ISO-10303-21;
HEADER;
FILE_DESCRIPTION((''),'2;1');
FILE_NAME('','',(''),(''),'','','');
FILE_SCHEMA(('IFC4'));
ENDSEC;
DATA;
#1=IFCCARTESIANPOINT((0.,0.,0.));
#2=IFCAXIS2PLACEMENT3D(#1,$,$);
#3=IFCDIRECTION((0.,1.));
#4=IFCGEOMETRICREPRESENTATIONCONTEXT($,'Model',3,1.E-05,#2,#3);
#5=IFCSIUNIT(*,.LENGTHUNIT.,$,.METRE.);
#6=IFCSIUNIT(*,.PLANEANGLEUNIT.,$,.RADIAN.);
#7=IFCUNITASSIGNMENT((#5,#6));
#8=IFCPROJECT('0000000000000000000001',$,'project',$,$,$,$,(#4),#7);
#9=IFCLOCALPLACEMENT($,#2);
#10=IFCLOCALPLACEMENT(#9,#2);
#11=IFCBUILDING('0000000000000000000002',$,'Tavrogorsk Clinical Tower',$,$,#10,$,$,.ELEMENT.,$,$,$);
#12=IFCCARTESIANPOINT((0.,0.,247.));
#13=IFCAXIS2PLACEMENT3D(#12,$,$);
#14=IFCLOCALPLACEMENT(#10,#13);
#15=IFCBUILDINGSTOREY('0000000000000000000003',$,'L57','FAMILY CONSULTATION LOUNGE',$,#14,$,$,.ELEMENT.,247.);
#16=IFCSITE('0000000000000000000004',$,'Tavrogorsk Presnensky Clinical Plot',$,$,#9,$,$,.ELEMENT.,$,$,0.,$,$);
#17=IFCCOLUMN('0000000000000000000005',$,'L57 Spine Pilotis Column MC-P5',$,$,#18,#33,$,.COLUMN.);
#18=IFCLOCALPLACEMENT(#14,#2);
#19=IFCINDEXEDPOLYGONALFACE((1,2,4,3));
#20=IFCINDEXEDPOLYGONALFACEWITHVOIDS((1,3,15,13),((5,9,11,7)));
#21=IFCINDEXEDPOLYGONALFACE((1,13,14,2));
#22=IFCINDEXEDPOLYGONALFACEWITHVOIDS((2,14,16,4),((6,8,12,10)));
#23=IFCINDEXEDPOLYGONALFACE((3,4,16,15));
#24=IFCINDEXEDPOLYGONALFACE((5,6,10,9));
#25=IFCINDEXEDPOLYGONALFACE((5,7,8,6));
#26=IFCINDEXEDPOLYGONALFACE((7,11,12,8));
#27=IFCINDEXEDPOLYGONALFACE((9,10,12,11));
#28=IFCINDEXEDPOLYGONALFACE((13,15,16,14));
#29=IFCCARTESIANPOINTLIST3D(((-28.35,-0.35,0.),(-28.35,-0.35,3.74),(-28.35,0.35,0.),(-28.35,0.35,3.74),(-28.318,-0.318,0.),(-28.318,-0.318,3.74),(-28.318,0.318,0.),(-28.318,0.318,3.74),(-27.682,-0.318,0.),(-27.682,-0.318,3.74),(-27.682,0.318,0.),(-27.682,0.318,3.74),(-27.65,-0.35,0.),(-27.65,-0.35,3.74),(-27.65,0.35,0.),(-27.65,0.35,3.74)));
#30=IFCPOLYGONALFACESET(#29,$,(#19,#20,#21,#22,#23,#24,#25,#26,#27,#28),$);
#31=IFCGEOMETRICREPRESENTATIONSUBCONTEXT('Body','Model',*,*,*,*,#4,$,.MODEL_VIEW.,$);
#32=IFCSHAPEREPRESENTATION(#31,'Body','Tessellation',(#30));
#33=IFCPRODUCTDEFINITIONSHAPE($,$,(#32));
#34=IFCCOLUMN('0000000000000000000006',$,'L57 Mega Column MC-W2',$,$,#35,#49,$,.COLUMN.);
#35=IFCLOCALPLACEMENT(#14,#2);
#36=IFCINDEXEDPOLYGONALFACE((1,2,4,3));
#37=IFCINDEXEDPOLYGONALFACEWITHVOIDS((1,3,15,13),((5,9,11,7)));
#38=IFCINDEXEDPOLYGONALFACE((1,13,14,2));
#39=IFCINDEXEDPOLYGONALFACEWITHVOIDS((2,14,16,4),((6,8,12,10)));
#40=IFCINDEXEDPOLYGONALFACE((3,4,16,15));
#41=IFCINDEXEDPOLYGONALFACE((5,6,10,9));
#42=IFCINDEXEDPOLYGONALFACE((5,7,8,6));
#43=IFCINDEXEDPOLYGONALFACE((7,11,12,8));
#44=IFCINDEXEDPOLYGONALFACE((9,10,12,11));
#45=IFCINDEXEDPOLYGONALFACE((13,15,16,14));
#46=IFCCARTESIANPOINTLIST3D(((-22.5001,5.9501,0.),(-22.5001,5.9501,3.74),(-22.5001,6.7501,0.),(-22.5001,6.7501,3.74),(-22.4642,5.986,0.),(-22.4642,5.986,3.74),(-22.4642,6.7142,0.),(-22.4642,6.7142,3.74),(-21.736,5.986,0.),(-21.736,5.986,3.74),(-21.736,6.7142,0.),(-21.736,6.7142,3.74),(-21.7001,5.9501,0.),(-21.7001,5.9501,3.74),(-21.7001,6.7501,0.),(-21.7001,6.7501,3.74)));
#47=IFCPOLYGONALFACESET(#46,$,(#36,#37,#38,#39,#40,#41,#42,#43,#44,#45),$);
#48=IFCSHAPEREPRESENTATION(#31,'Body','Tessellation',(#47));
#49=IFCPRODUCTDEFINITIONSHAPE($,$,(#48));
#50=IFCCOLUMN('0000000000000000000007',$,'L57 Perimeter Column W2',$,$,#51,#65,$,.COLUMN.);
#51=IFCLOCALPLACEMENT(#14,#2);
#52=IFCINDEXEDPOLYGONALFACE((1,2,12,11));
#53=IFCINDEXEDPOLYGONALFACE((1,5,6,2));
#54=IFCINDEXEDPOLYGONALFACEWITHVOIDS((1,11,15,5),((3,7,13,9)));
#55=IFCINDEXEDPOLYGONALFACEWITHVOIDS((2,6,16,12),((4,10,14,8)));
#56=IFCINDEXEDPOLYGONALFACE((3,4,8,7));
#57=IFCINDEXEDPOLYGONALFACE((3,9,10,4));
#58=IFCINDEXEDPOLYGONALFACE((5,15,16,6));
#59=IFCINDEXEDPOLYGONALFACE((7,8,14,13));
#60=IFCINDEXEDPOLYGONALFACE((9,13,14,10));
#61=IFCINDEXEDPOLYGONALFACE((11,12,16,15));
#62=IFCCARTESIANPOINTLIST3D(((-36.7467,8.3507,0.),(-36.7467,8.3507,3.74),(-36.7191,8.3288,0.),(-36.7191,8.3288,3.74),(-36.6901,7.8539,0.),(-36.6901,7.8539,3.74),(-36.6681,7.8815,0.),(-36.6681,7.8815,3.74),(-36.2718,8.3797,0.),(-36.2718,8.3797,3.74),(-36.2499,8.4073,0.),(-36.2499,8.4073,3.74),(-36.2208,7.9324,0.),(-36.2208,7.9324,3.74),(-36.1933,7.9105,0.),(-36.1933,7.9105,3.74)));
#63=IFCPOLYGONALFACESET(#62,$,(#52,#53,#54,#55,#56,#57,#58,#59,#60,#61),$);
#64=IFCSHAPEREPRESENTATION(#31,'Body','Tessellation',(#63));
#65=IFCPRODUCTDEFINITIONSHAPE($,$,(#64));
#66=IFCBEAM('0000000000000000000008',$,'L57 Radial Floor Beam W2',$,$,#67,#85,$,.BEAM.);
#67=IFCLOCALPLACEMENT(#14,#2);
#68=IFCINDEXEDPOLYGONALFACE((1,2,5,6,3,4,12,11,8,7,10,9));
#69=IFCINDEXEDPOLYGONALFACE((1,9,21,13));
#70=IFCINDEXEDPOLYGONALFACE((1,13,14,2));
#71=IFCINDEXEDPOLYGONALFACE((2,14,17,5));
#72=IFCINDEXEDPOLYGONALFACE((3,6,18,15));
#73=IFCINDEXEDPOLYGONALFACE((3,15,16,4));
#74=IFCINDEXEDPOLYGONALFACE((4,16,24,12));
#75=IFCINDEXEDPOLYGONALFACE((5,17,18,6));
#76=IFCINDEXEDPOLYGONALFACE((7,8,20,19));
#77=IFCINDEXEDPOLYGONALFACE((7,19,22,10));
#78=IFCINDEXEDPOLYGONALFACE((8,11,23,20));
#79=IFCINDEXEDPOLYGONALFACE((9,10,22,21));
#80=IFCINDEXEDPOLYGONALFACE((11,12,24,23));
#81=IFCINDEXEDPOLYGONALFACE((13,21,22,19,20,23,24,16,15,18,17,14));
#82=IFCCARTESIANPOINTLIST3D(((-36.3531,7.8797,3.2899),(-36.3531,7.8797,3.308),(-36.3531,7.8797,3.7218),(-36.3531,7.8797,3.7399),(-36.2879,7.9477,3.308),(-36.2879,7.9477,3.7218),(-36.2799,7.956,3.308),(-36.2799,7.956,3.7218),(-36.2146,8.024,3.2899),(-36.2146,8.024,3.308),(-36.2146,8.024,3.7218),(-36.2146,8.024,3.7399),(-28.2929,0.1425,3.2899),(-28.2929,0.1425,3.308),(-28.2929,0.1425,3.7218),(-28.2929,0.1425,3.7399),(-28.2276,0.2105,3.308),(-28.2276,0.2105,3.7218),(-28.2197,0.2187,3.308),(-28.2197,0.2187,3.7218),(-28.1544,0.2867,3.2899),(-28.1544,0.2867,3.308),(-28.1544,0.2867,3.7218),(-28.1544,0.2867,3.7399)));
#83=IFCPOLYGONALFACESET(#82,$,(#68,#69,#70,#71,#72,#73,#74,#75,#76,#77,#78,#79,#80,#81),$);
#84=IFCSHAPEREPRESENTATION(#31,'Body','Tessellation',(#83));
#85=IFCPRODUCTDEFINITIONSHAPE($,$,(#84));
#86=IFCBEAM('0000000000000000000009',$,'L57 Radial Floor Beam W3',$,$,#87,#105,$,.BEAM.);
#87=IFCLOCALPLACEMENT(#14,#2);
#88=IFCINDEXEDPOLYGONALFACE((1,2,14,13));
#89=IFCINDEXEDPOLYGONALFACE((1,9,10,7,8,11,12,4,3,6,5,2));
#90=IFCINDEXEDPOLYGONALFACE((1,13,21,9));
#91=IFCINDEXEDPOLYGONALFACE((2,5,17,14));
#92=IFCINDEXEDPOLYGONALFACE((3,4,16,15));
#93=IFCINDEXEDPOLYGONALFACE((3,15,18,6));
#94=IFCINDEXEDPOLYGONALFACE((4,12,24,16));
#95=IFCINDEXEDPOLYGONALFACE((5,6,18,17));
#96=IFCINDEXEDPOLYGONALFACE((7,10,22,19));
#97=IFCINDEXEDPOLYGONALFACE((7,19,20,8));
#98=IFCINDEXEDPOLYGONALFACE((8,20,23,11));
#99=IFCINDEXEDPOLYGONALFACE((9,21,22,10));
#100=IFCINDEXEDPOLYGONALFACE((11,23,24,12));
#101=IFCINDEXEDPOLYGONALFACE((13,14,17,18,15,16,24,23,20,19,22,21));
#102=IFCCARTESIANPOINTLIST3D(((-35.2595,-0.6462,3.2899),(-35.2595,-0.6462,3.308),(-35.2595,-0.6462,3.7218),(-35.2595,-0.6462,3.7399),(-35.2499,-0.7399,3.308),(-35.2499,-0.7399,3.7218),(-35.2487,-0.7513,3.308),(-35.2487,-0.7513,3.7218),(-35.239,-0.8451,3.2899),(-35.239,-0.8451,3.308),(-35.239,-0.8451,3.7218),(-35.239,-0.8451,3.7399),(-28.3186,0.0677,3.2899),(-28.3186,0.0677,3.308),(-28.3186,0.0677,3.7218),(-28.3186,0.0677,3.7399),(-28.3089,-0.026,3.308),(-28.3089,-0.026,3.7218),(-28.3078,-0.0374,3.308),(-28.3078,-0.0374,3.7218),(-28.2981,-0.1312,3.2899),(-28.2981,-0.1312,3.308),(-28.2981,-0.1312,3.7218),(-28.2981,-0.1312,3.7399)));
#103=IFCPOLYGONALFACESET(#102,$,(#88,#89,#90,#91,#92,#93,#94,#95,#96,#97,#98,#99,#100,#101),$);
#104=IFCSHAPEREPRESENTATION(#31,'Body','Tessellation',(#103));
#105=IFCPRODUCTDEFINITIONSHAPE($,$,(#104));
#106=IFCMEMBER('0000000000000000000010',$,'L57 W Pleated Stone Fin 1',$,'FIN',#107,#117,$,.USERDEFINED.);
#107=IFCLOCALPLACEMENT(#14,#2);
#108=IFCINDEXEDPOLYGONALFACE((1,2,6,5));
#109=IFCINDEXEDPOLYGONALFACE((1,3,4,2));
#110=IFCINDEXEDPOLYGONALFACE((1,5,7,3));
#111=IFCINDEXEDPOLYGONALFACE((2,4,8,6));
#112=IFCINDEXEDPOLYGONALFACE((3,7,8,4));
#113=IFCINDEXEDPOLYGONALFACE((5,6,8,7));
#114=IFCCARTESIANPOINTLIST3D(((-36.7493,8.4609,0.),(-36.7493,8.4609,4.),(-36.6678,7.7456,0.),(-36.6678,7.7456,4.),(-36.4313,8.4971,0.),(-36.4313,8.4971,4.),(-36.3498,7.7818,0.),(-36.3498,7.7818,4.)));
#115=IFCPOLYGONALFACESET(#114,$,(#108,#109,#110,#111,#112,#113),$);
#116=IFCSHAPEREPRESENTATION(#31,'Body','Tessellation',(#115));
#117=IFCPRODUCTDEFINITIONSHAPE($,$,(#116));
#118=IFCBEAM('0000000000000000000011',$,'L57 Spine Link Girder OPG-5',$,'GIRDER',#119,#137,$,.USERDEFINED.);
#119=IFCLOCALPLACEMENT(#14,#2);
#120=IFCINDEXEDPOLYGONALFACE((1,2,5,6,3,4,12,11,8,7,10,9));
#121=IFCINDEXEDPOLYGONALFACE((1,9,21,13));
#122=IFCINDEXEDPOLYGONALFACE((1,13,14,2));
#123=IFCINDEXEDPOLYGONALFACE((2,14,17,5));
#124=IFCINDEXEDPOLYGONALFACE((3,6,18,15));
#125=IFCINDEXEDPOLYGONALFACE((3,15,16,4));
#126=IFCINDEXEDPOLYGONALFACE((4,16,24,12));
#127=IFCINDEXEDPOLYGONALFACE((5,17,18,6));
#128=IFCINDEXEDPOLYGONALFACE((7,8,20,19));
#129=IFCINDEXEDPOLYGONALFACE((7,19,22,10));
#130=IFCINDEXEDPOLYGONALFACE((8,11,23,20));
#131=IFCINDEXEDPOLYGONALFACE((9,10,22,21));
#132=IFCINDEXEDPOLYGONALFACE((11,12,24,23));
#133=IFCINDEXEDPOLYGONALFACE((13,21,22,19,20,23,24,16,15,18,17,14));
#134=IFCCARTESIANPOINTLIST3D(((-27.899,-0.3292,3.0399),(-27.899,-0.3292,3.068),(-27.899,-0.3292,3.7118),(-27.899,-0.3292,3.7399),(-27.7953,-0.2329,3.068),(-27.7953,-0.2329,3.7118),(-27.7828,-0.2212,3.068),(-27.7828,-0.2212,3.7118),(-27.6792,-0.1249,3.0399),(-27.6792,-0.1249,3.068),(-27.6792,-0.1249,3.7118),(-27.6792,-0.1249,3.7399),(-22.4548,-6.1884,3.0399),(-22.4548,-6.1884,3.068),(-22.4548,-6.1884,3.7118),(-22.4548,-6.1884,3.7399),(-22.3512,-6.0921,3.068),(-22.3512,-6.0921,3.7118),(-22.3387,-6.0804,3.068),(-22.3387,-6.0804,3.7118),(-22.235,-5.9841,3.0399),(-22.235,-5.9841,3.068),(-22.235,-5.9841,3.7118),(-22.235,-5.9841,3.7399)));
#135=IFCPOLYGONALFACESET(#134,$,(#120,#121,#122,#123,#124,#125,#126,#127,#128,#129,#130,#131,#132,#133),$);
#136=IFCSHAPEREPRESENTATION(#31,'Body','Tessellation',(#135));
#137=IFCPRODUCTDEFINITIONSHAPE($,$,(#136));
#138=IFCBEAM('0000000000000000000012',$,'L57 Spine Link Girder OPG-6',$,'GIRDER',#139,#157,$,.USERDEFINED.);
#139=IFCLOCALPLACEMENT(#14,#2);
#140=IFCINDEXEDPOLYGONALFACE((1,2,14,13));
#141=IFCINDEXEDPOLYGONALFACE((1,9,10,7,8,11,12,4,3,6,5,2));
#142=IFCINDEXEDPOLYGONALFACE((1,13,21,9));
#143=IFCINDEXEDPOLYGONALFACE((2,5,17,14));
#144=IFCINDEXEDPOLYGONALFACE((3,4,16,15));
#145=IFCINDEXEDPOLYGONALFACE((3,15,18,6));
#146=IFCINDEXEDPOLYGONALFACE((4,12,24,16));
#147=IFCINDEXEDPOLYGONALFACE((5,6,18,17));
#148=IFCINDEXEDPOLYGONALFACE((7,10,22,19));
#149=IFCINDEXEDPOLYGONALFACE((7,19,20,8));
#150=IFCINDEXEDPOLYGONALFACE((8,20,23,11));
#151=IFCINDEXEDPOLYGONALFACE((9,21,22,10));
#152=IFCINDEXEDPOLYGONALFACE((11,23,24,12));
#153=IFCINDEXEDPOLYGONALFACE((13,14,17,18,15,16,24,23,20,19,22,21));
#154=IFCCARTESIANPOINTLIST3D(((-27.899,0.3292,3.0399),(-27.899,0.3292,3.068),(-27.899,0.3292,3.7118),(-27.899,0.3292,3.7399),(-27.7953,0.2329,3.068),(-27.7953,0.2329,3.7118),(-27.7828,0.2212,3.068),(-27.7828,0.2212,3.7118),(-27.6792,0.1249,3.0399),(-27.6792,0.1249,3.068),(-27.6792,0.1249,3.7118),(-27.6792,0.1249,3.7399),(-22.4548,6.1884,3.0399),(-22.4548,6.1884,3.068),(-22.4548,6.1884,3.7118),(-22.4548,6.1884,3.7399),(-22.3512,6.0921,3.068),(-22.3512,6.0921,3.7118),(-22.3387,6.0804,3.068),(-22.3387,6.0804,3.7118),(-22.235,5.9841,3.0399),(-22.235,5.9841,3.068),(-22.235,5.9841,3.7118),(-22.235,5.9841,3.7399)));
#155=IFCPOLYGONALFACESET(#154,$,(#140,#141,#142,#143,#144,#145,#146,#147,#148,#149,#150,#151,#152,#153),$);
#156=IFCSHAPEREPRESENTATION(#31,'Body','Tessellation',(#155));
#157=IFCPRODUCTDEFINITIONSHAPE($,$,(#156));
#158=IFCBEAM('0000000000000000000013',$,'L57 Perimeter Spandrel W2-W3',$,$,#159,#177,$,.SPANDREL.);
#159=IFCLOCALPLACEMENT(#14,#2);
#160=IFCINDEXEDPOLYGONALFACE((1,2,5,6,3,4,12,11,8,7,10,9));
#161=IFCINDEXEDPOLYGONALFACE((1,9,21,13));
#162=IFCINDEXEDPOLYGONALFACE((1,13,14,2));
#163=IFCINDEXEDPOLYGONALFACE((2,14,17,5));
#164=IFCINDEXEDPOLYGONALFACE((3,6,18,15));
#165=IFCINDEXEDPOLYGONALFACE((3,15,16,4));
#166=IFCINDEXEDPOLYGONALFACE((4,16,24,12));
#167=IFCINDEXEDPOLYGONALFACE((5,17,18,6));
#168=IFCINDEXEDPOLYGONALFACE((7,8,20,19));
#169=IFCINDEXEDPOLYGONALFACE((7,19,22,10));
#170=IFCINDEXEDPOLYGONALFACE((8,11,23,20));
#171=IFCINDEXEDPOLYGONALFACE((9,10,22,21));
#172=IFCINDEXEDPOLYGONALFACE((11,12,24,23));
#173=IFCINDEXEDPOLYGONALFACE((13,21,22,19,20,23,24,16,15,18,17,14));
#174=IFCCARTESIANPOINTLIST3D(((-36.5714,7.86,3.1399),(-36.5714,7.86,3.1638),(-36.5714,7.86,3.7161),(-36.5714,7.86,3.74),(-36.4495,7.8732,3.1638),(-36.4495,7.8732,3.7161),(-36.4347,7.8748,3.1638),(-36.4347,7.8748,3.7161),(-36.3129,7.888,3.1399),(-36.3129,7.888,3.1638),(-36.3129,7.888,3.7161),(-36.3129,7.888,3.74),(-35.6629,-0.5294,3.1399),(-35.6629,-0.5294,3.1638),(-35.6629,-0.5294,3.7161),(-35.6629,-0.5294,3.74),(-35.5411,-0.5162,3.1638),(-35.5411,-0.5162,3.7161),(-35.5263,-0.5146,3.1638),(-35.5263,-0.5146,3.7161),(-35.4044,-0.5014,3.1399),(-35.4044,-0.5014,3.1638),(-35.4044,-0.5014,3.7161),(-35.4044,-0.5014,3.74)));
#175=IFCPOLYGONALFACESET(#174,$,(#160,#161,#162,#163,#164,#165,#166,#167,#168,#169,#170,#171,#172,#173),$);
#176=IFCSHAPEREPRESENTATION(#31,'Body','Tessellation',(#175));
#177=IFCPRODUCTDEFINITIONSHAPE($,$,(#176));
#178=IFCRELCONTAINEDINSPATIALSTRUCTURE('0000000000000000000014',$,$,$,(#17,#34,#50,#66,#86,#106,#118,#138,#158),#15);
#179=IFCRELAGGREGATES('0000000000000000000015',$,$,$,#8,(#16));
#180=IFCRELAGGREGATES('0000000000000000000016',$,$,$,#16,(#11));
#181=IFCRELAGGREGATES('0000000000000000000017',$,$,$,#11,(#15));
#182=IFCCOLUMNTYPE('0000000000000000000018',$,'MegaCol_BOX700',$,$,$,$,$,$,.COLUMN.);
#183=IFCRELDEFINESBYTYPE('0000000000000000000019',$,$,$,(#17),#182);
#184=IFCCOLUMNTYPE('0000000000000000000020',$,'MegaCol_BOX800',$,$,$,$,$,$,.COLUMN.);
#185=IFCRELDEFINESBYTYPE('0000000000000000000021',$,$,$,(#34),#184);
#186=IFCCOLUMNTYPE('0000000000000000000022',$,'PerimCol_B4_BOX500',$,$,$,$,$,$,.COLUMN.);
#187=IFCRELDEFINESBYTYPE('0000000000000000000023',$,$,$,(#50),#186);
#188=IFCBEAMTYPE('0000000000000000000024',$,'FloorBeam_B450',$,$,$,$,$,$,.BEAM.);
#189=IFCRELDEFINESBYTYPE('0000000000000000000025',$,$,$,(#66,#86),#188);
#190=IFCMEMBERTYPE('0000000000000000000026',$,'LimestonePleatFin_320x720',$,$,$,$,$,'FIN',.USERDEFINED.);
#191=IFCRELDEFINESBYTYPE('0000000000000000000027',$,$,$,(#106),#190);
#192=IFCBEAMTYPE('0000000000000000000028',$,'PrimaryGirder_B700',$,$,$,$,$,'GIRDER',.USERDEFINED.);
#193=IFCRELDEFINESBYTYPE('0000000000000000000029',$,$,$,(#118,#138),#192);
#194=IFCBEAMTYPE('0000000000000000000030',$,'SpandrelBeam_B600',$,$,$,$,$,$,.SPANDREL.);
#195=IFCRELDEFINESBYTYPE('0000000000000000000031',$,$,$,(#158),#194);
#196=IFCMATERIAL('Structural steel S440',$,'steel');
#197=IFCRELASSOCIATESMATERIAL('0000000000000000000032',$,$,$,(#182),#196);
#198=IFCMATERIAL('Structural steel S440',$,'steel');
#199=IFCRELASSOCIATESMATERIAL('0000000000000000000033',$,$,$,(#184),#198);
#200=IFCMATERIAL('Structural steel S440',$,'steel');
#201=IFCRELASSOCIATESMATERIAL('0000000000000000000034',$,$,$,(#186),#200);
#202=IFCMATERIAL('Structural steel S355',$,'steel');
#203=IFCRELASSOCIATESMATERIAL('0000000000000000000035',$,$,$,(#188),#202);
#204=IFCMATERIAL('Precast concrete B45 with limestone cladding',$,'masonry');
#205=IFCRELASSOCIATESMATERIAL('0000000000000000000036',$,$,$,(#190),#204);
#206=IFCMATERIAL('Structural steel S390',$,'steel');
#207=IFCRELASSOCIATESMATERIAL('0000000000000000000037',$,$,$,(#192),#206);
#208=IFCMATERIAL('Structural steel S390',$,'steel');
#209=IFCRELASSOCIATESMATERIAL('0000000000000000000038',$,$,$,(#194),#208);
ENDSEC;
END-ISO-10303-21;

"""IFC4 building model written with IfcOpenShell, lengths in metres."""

from ifc_helpers import new_model, si_unit, direction, frame, origin, origin_2d, place, context, subcontext, project, spatial, rectangle, hollow_rectangle, i_section, extrude, material, material_profile, profile_set, type_object, element, save


model = new_model("IFC4")

# Units and contexts
model_context = context("Model", 3, precision=1e-05, world=origin(), true_north=direction((0.0, 1.0)))
body_context = subcontext(model_context, "Body", "Model", "MODEL_VIEW")
ifc_project = project(units=[si_unit("LENGTHUNIT", "METRE"), si_unit("PLANEANGLEUNIT", "RADIAN")], contexts=[model_context])

# Site, building, storey
site_placement = place(None, origin())
site = spatial("IfcSite", under=ifc_project, at=site_placement, Name="Tavrogorsk Presnensky Clinical Plot", CompositionType="ELEMENT", RefElevation=0.0)
building_placement = place(site_placement, origin())
building = spatial("IfcBuilding", under=site, at=building_placement, Name="Tavrogorsk Clinical Tower", CompositionType="ELEMENT")
storey_placement = place(building_placement, frame((0.0, 0.0, 247.0)))
storey = spatial("IfcBuildingStorey", under=building, at=storey_placement, Name="L57", Description="FAMILY CONSULTATION LOUNGE", CompositionType="ELEMENT", Elevation=247.0)

# Columns
ifc_material_1 = material(Name="Structural steel S440", Category="steel")
ifc_material_profile_1 = material_profile(ifc_material_1, hollow_rectangle(XDim=0.7, YDim=0.7, WallThickness=0.032, at=origin_2d()), Name="BOX-700x700x32")
ifc_profile_set_1 = profile_set([ifc_material_profile_1], Name="Structural steel S440")
column_type_1 = type_object("IfcColumnType", Name="MegaCol_BOX700", PredefinedType="COLUMN", material=ifc_profile_set_1)
column_1_placement = place(storey_placement, frame((-28.0, 0.0, 0.0), z_axis=(0.0, 0.0, 1.0), x_axis=(1.0, 0.0, 0.0)))
element("IfcColumn", 1, at=column_1_placement, inside=storey, type_object=column_type_1, Name="L57 Spine Pilotis Column MC-P5", PredefinedType="COLUMN", context=body_context, shape_type="SweptSolid", body=[
    extrude(hollow_rectangle(XDim=0.7, YDim=0.7, WallThickness=0.032, at=origin_2d()), origin(), (0.0, 0.0, 1.0), 3.74),
])
ifc_material_2 = material(Name="Structural steel S440", Category="steel")
ifc_material_profile_2 = material_profile(ifc_material_2, hollow_rectangle(XDim=0.8, YDim=0.8, WallThickness=0.0359, at=origin_2d()), Name="BOX-800x800x36")
ifc_profile_set_2 = profile_set([ifc_material_profile_2], Name="Structural steel S440")
column_type_2 = type_object("IfcColumnType", Name="MegaCol_BOX800", PredefinedType="COLUMN", material=ifc_profile_set_2)
column_2_placement = place(storey_placement, frame((-22.1001, 6.3501, 0.0), z_axis=(0.0, 0.0, 1.0), x_axis=(1.0, 0.0, 0.0)))
element("IfcColumn", 2, at=column_2_placement, inside=storey, type_object=column_type_2, Name="L57 Mega Column MC-W2", PredefinedType="COLUMN", context=body_context, shape_type="SweptSolid", body=[
    extrude(hollow_rectangle(XDim=0.8, YDim=0.8, WallThickness=0.0359, at=origin_2d()), origin(), (0.0, 0.0, 1.0), 3.74),
])
ifc_material_3 = material(Name="Structural steel S440", Category="steel")
ifc_material_profile_3 = material_profile(ifc_material_3, hollow_rectangle(XDim=0.5, YDim=0.5, WallThickness=0.0249, at=origin_2d()), Name="BOX-500x500x25")
ifc_profile_set_3 = profile_set([ifc_material_profile_3], Name="Structural steel S440")
column_type_3 = type_object("IfcColumnType", Name="PerimCol_B4_BOX500", PredefinedType="COLUMN", material=ifc_profile_set_3)
column_3_placement = place(storey_placement, frame((-36.47, 8.1306, 0.0), z_axis=(0.0, 0.0, 1.0), x_axis=(0.993572, 0.113203, 0.0)))
element("IfcColumn", 3, at=column_3_placement, inside=storey, type_object=column_type_3, Name="L57 Perimeter Column W2", PredefinedType="COLUMN", context=body_context, shape_type="SweptSolid", body=[
    extrude(hollow_rectangle(XDim=0.5, YDim=0.5, WallThickness=0.0249, at=origin_2d()), origin(), (0.0, 0.0, 1.0), 3.74),
])

# Beams
ifc_material_4 = material(Name="Structural steel S355", Category="steel")
ifc_material_profile_4 = material_profile(ifc_material_4, i_section(OverallWidth=0.2, OverallDepth=0.45, WebThickness=0.0115, FlangeThickness=0.0181, at=origin_2d()), Name="B-450x200x11.5x18")
ifc_profile_set_4 = profile_set([ifc_material_profile_4], Name="Structural steel S355")
beam_type_1 = type_object("IfcBeamType", Name="FloorBeam_B450", PredefinedType="BEAM", material=ifc_profile_set_4)
beam_1_placement = place(storey_placement, frame((-28.2236, 0.2146, 3.5149), z_axis=(-0.721414, 0.692505, 0.0), x_axis=(-0.692505, -0.721414, 0.0)))
element("IfcBeam", 4, at=beam_1_placement, inside=storey, type_object=beam_type_1, Name="L57 Radial Floor Beam W2", PredefinedType="BEAM", context=body_context, shape_type="SweptSolid", body=[
    extrude(i_section(OverallWidth=0.2, OverallDepth=0.45, WebThickness=0.0115, FlangeThickness=0.0181, at=origin_2d()), origin(), (0.0, 0.0, 1.0), 11.1729),
])
beam_2_placement = place(storey_placement, frame((-28.3083, -0.0317, 3.5149), z_axis=(-0.994753, -0.102309, 0.0), x_axis=(0.102309, -0.994753, 0.0)))
element("IfcBeam", 5, at=beam_2_placement, inside=storey, type_object=beam_type_1, Name="L57 Radial Floor Beam W3", PredefinedType="BEAM", context=body_context, shape_type="SweptSolid", body=[
    extrude(i_section(OverallWidth=0.2, OverallDepth=0.45, WebThickness=0.0115, FlangeThickness=0.0181, at=origin_2d()), origin(), (0.0, 0.0, 1.0), 6.9775),
])

# Member
ifc_material_5 = material(Name="Precast concrete B45 with limestone cladding", Category="masonry")
ifc_material_profile_5 = material_profile(ifc_material_5, rectangle(XDim=0.3201, YDim=0.72, at=origin_2d()), Name="LIMESTONE-FIN-320x720")
ifc_profile_set_5 = profile_set([ifc_material_profile_5], Name="Precast concrete B45 with limestone cladding")
member_type = type_object("IfcMemberType", Name="LimestonePleatFin_320x720", ElementType="FIN", PredefinedType="USERDEFINED", material=ifc_profile_set_5)
member_placement = place(storey_placement, frame((-36.5496, 8.1213, 0.0), z_axis=(0.0, 0.0, 1.0), x_axis=(0.993572, 0.113203, 0.0)))
element("IfcMember", 6, at=member_placement, inside=storey, type_object=member_type, Name="L57 W Pleated Stone Fin 1", ObjectType="FIN", PredefinedType="USERDEFINED", context=body_context, shape_type="SweptSolid", body=[
    extrude(rectangle(XDim=0.3201, YDim=0.72, at=origin_2d()), origin(), (0.0, 0.0, 1.0), 4.0),
])

# Beams
ifc_material_6 = material(Name="Structural steel S390", Category="steel")
ifc_material_profile_6 = material_profile(ifc_material_6, i_section(OverallWidth=0.3, OverallDepth=0.7, WebThickness=0.0171, FlangeThickness=0.0281, at=origin_2d()), Name="B-700x300x17x28")
ifc_profile_set_6 = profile_set([ifc_material_profile_6], Name="Structural steel S390")
beam_type_2 = type_object("IfcBeamType", Name="PrimaryGirder_B700", ElementType="GIRDER", PredefinedType="USERDEFINED", material=ifc_profile_set_6)
for number, where, z_axis, x_axis, name in (
    (7, (-27.7891, -0.2271, 3.3899), (0.680684, -0.732577, 0.0), (0.732577, 0.680684, 0.0), "L57 Spine Link Girder OPG-5"),
    (8, (-27.7891, 0.2271, 3.3899), (0.680684, 0.732577, 0.0), (-0.732577, 0.680684, 0.0), "L57 Spine Link Girder OPG-6"),
):
    element("IfcBeam", number, at=place(storey_placement, frame(where, z_axis=z_axis, x_axis=x_axis)), inside=storey, type_object=beam_type_2, Name=name, ObjectType="GIRDER", PredefinedType="USERDEFINED", context=body_context, shape_type="SweptSolid", body=[
        extrude(i_section(OverallWidth=0.3, OverallDepth=0.7, WebThickness=0.0171, FlangeThickness=0.0281, at=origin_2d()), origin(), (0.0, 0.0, 1.0), 7.998),
    ])
ifc_material_7 = material(Name="Structural steel S390", Category="steel")
ifc_material_profile_7 = material_profile(ifc_material_7, i_section(OverallWidth=0.26, OverallDepth=0.6001, WebThickness=0.0149, FlangeThickness=0.0239, at=origin_2d()), Name="B-600x260x15x24")
ifc_profile_set_7 = profile_set([ifc_material_profile_7], Name="Structural steel S390")
beam_type_3 = type_object("IfcBeamType", Name="SpandrelBeam_B600", PredefinedType="SPANDREL", material=ifc_profile_set_7)
beam_3_placement = place(storey_placement, frame((-36.4421, 7.874, 3.4399), z_axis=(0.107656, -0.994188, 0.0), x_axis=(0.994188, 0.107656, 0.0)))
element("IfcBeam", 9, at=beam_3_placement, inside=storey, type_object=beam_type_3, Name="L57 Perimeter Spandrel W2-W3", PredefinedType="SPANDREL", context=body_context, shape_type="SweptSolid", body=[
    extrude(i_section(OverallWidth=0.26, OverallDepth=0.6001, WebThickness=0.0149, FlangeThickness=0.0239, at=origin_2d()), origin(), (0.0, 0.0, 1.0), 8.4385),
])

save(model, "model.ifc")
